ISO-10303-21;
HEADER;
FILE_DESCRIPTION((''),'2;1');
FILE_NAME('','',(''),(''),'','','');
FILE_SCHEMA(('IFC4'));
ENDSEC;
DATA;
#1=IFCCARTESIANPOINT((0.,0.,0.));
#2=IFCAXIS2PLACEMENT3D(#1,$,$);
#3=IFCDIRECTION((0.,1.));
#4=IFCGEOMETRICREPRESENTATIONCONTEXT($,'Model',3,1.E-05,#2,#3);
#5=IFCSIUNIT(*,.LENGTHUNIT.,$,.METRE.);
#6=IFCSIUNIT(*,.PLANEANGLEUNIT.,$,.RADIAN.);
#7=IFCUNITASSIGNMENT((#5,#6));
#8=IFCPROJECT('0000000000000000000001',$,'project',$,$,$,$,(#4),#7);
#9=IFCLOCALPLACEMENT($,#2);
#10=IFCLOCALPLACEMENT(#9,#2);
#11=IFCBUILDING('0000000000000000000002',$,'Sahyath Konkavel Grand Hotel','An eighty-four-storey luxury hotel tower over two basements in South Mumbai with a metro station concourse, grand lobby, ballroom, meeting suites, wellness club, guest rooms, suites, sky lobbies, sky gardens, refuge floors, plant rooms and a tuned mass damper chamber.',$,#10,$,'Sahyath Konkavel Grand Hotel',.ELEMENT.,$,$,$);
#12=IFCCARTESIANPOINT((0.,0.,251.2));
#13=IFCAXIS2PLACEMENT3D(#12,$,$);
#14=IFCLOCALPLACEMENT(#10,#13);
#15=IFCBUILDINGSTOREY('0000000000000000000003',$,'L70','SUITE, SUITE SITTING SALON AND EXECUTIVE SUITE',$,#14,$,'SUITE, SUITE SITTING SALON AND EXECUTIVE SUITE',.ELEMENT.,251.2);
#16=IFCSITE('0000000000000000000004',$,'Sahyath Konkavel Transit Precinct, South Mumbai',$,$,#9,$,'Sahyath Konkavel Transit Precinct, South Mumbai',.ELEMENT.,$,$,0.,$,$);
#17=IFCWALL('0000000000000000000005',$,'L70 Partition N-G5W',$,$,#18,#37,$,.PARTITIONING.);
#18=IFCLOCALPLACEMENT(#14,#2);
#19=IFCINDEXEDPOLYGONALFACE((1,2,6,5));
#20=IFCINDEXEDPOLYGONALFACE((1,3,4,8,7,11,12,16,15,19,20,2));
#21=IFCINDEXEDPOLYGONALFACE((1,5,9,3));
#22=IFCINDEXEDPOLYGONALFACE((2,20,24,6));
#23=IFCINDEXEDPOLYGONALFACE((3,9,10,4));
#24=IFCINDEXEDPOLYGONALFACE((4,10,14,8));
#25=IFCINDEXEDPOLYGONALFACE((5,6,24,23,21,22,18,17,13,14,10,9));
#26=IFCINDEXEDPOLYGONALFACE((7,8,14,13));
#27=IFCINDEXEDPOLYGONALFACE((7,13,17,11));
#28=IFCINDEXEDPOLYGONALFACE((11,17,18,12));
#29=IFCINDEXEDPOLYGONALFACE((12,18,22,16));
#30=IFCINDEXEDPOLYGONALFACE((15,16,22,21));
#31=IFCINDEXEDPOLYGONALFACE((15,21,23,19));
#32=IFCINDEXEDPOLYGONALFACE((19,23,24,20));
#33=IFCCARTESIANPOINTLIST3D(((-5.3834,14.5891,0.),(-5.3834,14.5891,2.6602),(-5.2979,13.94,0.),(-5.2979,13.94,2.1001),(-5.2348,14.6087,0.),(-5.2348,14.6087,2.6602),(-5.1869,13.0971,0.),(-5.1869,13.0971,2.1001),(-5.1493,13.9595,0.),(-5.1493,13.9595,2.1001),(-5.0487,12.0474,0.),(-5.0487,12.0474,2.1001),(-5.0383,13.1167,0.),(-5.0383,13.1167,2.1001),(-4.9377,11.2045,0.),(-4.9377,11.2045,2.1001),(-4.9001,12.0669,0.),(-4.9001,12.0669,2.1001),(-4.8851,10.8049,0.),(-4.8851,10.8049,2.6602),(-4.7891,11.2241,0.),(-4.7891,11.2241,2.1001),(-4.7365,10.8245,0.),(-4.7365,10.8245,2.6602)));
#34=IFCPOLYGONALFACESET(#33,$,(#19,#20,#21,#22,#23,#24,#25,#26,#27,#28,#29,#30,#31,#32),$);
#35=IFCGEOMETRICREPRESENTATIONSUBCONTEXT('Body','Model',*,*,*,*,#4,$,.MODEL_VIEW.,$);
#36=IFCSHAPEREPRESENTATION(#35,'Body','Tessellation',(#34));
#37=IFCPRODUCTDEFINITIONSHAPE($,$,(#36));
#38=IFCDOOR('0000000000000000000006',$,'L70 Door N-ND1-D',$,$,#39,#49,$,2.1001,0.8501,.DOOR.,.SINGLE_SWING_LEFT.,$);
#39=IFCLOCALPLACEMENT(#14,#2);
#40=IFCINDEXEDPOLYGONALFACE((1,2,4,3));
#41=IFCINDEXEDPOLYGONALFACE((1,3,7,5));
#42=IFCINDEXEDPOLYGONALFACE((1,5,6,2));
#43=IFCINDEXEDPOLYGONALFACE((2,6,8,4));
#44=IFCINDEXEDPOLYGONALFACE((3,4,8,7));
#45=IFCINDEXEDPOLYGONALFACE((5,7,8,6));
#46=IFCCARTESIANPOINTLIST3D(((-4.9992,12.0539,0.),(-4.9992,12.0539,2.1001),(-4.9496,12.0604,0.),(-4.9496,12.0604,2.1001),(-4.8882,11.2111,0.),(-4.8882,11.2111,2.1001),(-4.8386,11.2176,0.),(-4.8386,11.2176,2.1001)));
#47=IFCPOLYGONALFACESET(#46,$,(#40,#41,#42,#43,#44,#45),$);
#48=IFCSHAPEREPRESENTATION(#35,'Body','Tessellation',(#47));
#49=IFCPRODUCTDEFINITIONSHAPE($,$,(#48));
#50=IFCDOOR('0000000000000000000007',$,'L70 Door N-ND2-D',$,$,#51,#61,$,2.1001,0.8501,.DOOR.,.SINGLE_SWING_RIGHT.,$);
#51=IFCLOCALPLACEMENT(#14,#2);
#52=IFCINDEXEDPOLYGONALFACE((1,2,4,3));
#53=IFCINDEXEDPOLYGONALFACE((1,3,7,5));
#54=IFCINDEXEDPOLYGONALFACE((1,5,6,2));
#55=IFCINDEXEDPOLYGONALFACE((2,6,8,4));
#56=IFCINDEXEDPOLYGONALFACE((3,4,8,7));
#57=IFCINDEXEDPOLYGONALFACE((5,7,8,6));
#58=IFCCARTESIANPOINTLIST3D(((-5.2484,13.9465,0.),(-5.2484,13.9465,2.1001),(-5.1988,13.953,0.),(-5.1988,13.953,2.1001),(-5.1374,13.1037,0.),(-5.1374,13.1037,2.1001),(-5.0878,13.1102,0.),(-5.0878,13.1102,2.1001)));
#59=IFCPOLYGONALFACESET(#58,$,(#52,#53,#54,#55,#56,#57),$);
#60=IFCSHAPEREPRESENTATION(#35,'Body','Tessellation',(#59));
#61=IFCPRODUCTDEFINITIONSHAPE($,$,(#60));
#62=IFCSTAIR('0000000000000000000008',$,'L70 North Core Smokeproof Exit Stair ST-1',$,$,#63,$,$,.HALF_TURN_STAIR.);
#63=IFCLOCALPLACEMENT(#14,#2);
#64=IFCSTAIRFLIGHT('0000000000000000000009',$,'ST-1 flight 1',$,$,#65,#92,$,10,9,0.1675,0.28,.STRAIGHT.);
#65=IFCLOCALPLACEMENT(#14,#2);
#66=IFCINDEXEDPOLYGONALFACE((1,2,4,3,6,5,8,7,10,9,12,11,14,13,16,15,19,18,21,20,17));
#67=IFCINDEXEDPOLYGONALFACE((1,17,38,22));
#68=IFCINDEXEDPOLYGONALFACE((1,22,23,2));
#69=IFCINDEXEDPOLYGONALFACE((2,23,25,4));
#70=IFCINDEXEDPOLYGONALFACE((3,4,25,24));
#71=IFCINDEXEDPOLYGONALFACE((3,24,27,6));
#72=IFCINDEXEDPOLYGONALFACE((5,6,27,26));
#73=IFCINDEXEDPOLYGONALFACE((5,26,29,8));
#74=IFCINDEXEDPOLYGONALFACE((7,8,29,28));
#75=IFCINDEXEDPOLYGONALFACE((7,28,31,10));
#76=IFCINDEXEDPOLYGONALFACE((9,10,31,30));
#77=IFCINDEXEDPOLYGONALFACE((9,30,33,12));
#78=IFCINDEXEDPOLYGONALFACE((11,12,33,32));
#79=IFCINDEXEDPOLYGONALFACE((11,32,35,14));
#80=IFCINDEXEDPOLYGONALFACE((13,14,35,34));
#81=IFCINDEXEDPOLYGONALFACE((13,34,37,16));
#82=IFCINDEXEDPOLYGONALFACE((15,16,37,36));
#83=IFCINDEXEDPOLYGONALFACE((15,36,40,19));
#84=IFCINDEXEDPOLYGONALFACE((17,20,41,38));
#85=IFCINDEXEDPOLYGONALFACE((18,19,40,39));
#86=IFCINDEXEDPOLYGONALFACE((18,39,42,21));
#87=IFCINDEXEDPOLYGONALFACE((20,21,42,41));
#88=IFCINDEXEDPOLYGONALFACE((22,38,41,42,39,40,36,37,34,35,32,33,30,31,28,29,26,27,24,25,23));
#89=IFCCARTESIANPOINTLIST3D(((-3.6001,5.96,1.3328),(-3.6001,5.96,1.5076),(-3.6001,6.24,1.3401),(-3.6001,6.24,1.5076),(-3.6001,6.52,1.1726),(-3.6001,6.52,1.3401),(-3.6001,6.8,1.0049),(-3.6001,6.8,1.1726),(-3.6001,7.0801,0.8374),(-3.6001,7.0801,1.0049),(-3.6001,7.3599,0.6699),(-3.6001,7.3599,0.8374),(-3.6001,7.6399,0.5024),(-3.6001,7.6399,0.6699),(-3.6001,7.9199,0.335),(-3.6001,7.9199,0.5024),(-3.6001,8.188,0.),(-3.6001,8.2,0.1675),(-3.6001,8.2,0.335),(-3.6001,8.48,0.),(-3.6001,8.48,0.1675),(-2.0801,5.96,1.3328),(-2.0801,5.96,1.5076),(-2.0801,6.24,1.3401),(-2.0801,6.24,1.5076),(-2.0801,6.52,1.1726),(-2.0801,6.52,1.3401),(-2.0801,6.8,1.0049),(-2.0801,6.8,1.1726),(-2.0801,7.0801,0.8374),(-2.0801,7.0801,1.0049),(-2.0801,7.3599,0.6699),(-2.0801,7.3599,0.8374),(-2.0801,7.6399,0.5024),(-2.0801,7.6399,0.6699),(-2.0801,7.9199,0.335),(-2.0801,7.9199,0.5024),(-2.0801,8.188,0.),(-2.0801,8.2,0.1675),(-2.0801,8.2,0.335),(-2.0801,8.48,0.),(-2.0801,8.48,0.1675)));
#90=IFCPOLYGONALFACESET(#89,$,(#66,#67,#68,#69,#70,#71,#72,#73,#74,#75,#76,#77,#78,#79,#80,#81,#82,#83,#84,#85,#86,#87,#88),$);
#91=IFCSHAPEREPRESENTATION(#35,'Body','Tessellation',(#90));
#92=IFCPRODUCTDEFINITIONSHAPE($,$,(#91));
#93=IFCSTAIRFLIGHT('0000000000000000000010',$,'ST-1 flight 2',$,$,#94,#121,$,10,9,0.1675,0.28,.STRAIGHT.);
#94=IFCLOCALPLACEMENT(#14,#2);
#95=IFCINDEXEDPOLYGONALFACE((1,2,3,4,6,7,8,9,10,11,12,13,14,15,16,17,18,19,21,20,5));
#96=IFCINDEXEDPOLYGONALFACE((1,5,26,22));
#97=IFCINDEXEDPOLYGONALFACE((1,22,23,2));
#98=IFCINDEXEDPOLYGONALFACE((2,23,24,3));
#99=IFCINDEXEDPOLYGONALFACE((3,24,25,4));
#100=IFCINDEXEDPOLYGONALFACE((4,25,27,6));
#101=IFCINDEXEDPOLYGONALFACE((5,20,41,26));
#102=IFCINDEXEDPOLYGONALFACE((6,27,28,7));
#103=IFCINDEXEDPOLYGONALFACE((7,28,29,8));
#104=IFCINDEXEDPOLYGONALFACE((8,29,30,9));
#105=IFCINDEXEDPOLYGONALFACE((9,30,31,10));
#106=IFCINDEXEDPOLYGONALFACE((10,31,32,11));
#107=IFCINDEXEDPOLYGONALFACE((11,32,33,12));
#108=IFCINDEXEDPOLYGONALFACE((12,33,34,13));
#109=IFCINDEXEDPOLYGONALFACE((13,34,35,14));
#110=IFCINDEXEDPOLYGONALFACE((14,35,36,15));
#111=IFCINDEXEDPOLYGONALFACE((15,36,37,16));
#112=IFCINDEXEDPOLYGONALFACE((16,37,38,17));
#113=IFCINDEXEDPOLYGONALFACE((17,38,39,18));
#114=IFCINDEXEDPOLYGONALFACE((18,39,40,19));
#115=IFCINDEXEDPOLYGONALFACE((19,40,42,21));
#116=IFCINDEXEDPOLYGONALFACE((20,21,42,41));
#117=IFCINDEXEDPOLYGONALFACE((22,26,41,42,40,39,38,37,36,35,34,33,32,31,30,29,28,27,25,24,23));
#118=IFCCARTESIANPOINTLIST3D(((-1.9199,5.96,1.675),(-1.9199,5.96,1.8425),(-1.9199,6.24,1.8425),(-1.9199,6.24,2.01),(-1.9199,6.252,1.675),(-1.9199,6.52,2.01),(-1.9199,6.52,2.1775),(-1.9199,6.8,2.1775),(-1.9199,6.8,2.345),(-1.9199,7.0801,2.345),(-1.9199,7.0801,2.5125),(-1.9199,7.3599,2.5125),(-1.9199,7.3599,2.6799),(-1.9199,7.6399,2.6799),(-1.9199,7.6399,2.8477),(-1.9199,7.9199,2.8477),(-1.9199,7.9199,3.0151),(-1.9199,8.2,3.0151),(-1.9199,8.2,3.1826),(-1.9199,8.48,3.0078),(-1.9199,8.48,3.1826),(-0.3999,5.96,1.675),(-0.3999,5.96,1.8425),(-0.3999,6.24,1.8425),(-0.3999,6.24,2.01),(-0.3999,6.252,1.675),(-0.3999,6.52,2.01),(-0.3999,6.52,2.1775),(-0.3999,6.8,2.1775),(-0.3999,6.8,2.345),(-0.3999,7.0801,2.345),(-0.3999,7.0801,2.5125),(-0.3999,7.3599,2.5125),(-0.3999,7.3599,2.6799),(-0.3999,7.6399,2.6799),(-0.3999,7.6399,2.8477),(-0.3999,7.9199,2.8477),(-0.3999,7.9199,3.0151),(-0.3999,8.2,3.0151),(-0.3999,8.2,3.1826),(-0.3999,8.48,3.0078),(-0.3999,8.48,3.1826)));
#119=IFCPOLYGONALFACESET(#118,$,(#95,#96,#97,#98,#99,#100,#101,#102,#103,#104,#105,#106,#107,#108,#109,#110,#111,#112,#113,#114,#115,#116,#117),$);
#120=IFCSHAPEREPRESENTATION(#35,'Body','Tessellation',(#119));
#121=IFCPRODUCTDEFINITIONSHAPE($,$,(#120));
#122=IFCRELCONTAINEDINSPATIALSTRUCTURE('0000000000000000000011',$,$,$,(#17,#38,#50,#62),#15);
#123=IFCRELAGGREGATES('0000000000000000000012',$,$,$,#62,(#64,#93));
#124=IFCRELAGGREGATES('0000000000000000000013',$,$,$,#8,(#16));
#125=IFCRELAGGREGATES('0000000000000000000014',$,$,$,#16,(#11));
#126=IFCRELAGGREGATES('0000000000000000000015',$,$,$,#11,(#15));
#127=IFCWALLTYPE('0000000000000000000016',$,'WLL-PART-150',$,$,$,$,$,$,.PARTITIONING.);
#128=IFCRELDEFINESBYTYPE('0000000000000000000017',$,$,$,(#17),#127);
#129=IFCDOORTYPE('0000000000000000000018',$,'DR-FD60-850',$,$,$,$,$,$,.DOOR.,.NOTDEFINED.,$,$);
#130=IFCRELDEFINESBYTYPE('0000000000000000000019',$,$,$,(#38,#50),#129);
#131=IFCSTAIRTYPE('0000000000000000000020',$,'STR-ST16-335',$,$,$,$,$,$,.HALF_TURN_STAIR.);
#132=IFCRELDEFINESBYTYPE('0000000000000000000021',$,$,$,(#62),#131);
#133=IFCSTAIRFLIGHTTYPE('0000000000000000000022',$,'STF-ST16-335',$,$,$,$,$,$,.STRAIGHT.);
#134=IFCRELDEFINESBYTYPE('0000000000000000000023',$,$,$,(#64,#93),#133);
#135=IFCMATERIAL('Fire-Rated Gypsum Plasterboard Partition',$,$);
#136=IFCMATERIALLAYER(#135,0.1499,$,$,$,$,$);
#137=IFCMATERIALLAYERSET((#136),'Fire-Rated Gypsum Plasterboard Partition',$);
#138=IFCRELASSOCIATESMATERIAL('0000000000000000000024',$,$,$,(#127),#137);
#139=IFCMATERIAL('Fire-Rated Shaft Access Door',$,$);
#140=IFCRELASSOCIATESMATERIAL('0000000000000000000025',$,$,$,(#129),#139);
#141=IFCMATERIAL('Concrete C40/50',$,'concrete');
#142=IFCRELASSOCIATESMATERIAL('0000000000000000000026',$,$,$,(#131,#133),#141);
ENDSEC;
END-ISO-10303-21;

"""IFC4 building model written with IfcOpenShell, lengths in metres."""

from ifc_helpers import new_model, si_unit, direction, frame, frame_2d, origin, origin_2d, place, context, subcontext, project, spatial, polyline, rectangle, outline, extrude, source, transform, mapped, material, layer, layer_set, type_object, element, fill, aggregate, save


model = new_model("IFC4")

# Units and contexts
model_context = context("Model", 3, precision=1e-05, world=origin(), true_north=direction((0.0, 1.0)))
body_context = subcontext(model_context, "Body", "Model", "MODEL_VIEW")
ifc_project = project(units=[si_unit("LENGTHUNIT", "METRE"), si_unit("PLANEANGLEUNIT", "RADIAN")], contexts=[model_context])

# Site, building, storey
site_placement = place(None, origin())
site = spatial("IfcSite", under=ifc_project, at=site_placement, Name="Sahyath Konkavel Transit Precinct, South Mumbai", LongName="Sahyath Konkavel Transit Precinct, South Mumbai", CompositionType="ELEMENT", RefElevation=0.0)
building_placement = place(site_placement, origin())
building = spatial("IfcBuilding", under=site, at=building_placement, Name="Sahyath Konkavel Grand Hotel", Description="An eighty-four-storey luxury hotel tower over two basements in South Mumbai with a metro station concourse, grand lobby, ballroom, meeting suites, wellness club, guest rooms, suites, sky lobbies, sky gardens, refuge floors, plant rooms and a tuned mass damper chamber.", LongName="Sahyath Konkavel Grand Hotel", CompositionType="ELEMENT")
storey_placement = place(building_placement, frame((0.0, 0.0, 251.2)))
storey = spatial("IfcBuildingStorey", under=building, at=storey_placement, Name="L70", Description="SUITE, SUITE SITTING SALON AND EXECUTIVE SUITE", LongName="SUITE, SUITE SITTING SALON AND EXECUTIVE SUITE", CompositionType="ELEMENT", Elevation=251.2)

# Shared definitions
ifc_material_1 = material(Name="Concrete C40/50", Category="concrete")

# Wall, openings, doors
ifc_material_2 = material(Name="Fire-Rated Gypsum Plasterboard Partition")
ifc_layer_1 = layer(ifc_material_2, 0.1499)
ifc_layer_set_1 = layer_set([ifc_layer_1], Name="Fire-Rated Gypsum Plasterboard Partition")
wall_type_1 = type_object("IfcWallType", Name="WLL-PART-150", PredefinedType="PARTITIONING", material=ifc_layer_set_1)
wall_1_placement = place(storey_placement, frame((-4.8108, 10.8147, 0.0), z_axis=(0.0, 0.0, 1.0), x_axis=(-0.13055, 0.991442, 0.0)))
wall_1 = element("IfcWall", 1, at=wall_1_placement, inside=storey, type_object=wall_type_1, Name="L70 Partition N-G5W", PredefinedType="PARTITIONING", context=body_context, shape_type="SweptSolid", body=[
    extrude(rectangle(XDim=3.8169, YDim=0.1499, at=frame_2d((1.9084, 0.0))), origin(), (0.0, 0.0, 1.0), 2.6602),
])
opening_1_placement = place(wall_1_placement, frame((0.4031, 0.0, 0.0)))
opening_1 = element("IfcOpeningElement", 2, at=opening_1_placement, cuts=wall_1, PredefinedType="OPENING", context=body_context, shape_type="SweptSolid", body=[
    extrude(rectangle(XDim=0.8501, YDim=2.1001, at=frame_2d((0.425, 1.05))), frame((0.0, 0.085, 0.0), z_axis=(0.0, -1.0, 0.0), x_axis=(1.0, 0.0, 0.0)), (0.0, 0.0, 1.0), 0.1699),
])
opening_2_placement = place(wall_1_placement, frame((2.312, 0.0, 0.0)))
opening_2 = element("IfcOpeningElement", 3, at=opening_2_placement, cuts=wall_1, PredefinedType="OPENING", context=body_context, shape_type="SweptSolid", body=[
    extrude(rectangle(XDim=0.8501, YDim=2.1001, at=frame_2d((0.425, 1.05))), frame((0.0, 0.085, 0.0), z_axis=(0.0, -1.0, 0.0), x_axis=(1.0, 0.0, 0.0)), (0.0, 0.0, 1.0), 0.1699),
])
ifc_material_3 = material(Name="Fire-Rated Shaft Access Door")
door_type_1 = type_object("IfcDoorType", Name="DR-FD60-850", OperationType="NOTDEFINED", PredefinedType="DOOR", material=ifc_material_3)
shared_shape_1 = source(origin(), body_context, "Body", "SweptSolid", [
    extrude(rectangle(XDim=0.8501, YDim=0.05, at=origin_2d()), origin(), (0.0, 0.0, 1.0), 2.1001),
])
door_1_placement = place(opening_1_placement, frame((0.425, 0.0, 0.0)))
door_1 = element("IfcDoor", 4, at=door_1_placement, inside=storey, type_object=door_type_1, Name="L70 Door N-ND1-D", OperationType="SINGLE_SWING_LEFT", OverallHeight=2.1001, OverallWidth=0.8501, PredefinedType="DOOR", context=body_context, shape_type="MappedRepresentation", body=[
    mapped(shared_shape_1, transform((0.0, 0.0, 0.0), scale=1.0)),
])
fill(opening_1, door_1)
door_2_placement = place(opening_2_placement, frame((0.425, 0.0, 0.0)))
door_2 = element("IfcDoor", 5, at=door_2_placement, inside=storey, type_object=door_type_1, Name="L70 Door N-ND2-D", OperationType="SINGLE_SWING_RIGHT", OverallHeight=2.1001, OverallWidth=0.8501, PredefinedType="DOOR", context=body_context, shape_type="MappedRepresentation", body=[
    mapped(shared_shape_1, transform((0.0, 0.0, 0.0), scale=1.0)),
])
fill(opening_2, door_2)

# Stair, stair flights
stair_type = type_object("IfcStairType", Name="STR-ST16-335", PredefinedType="HALF_TURN_STAIR", material=ifc_material_1)
stair_placement = place(storey_placement, origin())
stair = element("IfcStair", 6, at=stair_placement, inside=storey, type_object=stair_type, Name="L70 North Core Smokeproof Exit Stair ST-1", PredefinedType="HALF_TURN_STAIR")
stair_flight_type = type_object("IfcStairFlightType", Name="STF-ST16-335", PredefinedType="STRAIGHT", material=ifc_material_1)
stair_flight_1_placement = place(storey_placement, frame((-2.8401, 8.48, 0.0), z_axis=(0.0, 0.0, 1.0), x_axis=(0.0, -1.0, 0.0)))
stair_flight_1 = element("IfcStairFlight", 7, at=stair_flight_1_placement, type_object=stair_flight_type, Name="ST-1 flight 1", NumberOfRisers=10, NumberOfTreads=9, PredefinedType="STRAIGHT", RiserHeight=0.1675, TreadLength=0.28, context=body_context, shape_type="SweptSolid", body=[
    extrude(outline(polyline([(0.0, 0.0), (0.0, 0.1675), (0.28, 0.1675), (0.28, 0.335), (0.5601, 0.335), (0.5601, 0.5024), (0.8401, 0.5024), (0.8401, 0.6699), (1.1201, 0.6699), (1.1201, 0.8374), (1.3999, 0.8374), (1.3999, 1.0049), (1.6799, 1.0049), (1.6799, 1.1726), (1.96, 1.1726), (1.96, 1.3401), (2.24, 1.3401), (2.24, 1.5076), (2.52, 1.5076), (2.52, 1.675), (2.52, 1.3328), (0.292, 0.0), (0.0, 0.0)])), frame((0.0, 0.76, 0.0), z_axis=(0.0, -1.0, 0.0), x_axis=(1.0, 0.0, 0.0)), (0.0, 0.0, 1.0), 1.52),
])
stair_flight_2_placement = place(storey_placement, frame((-1.1599, 5.96, 1.675), z_axis=(0.0, 0.0, 1.0), x_axis=(0.0, 1.0, 0.0)))
stair_flight_2 = element("IfcStairFlight", 8, at=stair_flight_2_placement, type_object=stair_flight_type, Name="ST-1 flight 2", NumberOfRisers=10, NumberOfTreads=9, PredefinedType="STRAIGHT", RiserHeight=0.1675, TreadLength=0.28, context=body_context, shape_type="SweptSolid", body=[
    extrude(outline(polyline([(0.0, 0.0), (0.0, 0.1675), (0.28, 0.1675), (0.28, 0.335), (0.5601, 0.335), (0.5601, 0.5024), (0.8401, 0.5024), (0.8401, 0.6699), (1.1201, 0.6699), (1.1201, 0.8374), (1.3999, 0.8374), (1.3999, 1.0049), (1.6799, 1.0049), (1.6799, 1.1726), (1.96, 1.1726), (1.96, 1.3401), (2.24, 1.3401), (2.24, 1.5076), (2.52, 1.5076), (2.52, 1.675), (2.52, 1.3328), (0.292, 0.0), (0.0, 0.0)])), frame((0.0, 0.76, 0.0), z_axis=(0.0, -1.0, 0.0), x_axis=(1.0, 0.0, 0.0)), (0.0, 0.0, 1.0), 1.52),
])
aggregate(stair, [stair_flight_1, stair_flight_2])

save(model, "model.ifc")
